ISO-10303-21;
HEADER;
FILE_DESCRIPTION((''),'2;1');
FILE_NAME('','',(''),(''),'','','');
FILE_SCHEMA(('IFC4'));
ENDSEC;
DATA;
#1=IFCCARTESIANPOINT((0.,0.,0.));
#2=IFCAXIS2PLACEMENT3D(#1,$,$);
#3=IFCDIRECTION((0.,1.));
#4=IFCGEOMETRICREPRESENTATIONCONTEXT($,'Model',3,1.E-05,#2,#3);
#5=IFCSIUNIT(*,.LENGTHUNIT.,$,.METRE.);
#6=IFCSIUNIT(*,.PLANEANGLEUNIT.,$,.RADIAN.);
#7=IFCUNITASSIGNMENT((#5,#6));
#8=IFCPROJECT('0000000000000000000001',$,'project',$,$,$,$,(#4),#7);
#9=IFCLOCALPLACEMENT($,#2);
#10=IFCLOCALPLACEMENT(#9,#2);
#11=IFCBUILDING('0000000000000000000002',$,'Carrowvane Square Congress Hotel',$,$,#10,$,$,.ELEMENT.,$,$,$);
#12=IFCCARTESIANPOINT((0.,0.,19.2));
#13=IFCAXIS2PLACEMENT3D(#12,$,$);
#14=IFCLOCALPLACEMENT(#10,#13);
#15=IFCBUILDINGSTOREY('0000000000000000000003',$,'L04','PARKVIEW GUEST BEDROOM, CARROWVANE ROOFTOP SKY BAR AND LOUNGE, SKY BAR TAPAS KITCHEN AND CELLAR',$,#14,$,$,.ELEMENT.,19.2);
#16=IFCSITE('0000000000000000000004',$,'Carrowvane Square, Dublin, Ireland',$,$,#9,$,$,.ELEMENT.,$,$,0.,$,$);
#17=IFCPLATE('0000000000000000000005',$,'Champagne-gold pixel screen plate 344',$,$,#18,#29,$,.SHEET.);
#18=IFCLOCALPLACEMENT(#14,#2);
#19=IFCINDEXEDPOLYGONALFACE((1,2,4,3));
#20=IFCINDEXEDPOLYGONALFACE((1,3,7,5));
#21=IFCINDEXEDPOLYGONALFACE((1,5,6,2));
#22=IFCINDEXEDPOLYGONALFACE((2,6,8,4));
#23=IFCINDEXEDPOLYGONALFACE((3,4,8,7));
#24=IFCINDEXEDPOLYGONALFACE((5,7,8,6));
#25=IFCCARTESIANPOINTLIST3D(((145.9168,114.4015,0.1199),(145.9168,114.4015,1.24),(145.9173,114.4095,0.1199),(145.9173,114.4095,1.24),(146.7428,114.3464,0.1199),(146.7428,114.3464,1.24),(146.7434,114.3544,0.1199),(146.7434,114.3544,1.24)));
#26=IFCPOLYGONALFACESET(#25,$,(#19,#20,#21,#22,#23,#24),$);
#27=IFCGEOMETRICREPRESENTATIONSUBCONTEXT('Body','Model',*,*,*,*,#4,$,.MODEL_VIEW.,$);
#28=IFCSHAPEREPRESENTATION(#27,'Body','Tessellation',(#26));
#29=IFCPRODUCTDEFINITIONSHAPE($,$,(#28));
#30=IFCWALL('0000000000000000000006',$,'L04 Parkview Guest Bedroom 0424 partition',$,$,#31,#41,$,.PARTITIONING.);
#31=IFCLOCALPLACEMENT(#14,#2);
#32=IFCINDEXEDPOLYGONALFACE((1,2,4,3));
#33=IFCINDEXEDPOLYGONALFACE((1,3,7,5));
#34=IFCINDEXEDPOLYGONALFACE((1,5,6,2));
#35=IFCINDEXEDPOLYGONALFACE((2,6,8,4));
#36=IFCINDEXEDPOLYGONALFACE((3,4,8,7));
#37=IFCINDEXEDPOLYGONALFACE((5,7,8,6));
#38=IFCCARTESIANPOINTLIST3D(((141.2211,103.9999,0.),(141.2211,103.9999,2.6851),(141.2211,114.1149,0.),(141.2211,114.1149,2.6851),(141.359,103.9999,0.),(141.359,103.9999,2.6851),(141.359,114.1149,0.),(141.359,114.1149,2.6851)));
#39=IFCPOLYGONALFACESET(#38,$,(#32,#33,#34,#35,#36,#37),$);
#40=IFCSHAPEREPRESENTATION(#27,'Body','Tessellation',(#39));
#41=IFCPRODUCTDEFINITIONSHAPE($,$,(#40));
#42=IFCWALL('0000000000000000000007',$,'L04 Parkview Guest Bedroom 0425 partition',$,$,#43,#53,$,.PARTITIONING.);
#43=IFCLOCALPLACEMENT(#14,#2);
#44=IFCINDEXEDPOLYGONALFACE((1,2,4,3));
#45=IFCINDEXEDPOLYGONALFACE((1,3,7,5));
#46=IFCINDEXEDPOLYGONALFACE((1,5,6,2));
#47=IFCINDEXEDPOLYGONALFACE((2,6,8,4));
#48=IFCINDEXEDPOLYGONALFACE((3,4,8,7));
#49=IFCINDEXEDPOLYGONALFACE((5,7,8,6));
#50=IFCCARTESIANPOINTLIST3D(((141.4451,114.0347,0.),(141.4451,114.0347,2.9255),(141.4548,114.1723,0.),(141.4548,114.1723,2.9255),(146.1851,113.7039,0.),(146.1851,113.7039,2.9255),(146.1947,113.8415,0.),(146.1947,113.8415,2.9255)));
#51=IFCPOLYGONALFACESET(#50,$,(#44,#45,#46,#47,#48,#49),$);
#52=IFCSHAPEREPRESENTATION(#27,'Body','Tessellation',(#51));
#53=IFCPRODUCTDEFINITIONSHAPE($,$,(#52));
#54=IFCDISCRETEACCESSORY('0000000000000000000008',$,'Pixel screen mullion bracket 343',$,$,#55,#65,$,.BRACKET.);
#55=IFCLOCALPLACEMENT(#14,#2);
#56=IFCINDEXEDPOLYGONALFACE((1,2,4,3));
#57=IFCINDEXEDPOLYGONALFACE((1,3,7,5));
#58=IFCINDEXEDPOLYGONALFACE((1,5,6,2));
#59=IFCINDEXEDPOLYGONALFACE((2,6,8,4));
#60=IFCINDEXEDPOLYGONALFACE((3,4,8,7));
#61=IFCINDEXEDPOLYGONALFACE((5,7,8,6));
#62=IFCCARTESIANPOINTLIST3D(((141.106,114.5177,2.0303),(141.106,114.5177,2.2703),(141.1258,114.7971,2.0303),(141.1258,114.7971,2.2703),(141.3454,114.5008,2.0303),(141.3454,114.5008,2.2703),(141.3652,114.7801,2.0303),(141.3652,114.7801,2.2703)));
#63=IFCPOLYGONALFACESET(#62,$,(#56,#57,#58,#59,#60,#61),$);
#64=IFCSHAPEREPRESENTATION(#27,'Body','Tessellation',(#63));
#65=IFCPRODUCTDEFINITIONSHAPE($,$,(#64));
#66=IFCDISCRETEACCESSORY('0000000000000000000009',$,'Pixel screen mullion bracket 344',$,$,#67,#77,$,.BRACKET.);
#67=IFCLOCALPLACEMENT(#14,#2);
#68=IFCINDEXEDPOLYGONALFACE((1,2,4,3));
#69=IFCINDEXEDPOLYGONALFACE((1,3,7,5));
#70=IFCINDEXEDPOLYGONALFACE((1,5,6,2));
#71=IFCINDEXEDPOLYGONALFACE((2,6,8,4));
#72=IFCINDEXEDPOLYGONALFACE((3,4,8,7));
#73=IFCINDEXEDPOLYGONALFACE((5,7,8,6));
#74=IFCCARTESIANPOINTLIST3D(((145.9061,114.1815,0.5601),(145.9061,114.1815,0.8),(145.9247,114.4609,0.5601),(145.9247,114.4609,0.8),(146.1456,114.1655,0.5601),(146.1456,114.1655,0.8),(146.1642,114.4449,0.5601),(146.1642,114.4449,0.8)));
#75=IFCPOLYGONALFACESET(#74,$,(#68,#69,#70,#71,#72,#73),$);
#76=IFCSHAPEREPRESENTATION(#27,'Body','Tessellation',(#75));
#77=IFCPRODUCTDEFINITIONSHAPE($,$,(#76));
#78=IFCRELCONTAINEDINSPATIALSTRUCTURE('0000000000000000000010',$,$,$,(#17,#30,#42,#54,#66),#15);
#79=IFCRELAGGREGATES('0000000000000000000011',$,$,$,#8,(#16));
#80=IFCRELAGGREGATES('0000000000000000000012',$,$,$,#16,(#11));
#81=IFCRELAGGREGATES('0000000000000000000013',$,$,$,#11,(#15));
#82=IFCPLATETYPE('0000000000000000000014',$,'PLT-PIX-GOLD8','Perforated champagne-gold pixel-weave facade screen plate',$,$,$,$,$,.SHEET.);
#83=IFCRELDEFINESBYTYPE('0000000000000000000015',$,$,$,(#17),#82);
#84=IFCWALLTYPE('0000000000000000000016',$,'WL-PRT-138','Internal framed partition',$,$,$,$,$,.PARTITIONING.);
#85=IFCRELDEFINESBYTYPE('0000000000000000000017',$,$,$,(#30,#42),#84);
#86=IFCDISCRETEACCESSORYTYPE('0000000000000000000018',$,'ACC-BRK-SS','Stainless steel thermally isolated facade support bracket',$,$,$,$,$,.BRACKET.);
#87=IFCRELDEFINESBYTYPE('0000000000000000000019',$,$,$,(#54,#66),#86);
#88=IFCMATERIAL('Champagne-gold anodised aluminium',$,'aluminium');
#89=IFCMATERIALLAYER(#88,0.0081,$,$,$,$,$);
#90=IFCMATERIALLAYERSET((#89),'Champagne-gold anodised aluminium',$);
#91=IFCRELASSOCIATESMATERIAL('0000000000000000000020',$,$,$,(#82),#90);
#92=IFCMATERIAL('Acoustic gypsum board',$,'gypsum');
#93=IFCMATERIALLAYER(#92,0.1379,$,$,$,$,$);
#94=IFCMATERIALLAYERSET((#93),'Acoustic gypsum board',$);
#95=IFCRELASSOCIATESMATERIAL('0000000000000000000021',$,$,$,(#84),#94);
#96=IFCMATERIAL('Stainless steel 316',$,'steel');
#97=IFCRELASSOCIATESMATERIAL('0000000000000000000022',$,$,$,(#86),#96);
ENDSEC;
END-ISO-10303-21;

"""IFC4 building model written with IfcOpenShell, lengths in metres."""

from ifc_helpers import new_model, si_unit, direction, frame, frame_2d, origin, origin_2d, place, context, subcontext, project, spatial, rectangle, extrude, material, layer, layer_set, type_object, element, save


model = new_model("IFC4")

# Units and contexts
model_context = context("Model", 3, precision=1e-05, world=origin(), true_north=direction((0.0, 1.0)))
body_context = subcontext(model_context, "Body", "Model", "MODEL_VIEW")
ifc_project = project(units=[si_unit("LENGTHUNIT", "METRE"), si_unit("PLANEANGLEUNIT", "RADIAN")], contexts=[model_context])

# Site, building, storey
site_placement = place(None, origin())
site = spatial("IfcSite", under=ifc_project, at=site_placement, Name="Carrowvane Square, Dublin, Ireland", CompositionType="ELEMENT", RefElevation=0.0)
building_placement = place(site_placement, origin())
building = spatial("IfcBuilding", under=site, at=building_placement, Name="Carrowvane Square Congress Hotel", CompositionType="ELEMENT")
storey_placement = place(building_placement, frame((0.0, 0.0, 19.2)))
storey = spatial("IfcBuildingStorey", under=building, at=storey_placement, Name="L04", Description="PARKVIEW GUEST BEDROOM, CARROWVANE ROOFTOP SKY BAR AND LOUNGE, SKY BAR TAPAS KITCHEN AND CELLAR", CompositionType="ELEMENT", Elevation=19.2)

# Plate
ifc_material_1 = material(Name="Champagne-gold anodised aluminium", Category="aluminium")
ifc_layer_1 = layer(ifc_material_1, 0.0081)
ifc_layer_set_1 = layer_set([ifc_layer_1], Name="Champagne-gold anodised aluminium")
plate_type_1 = type_object("IfcPlateType", Name="PLT-PIX-GOLD8", Description="Perforated champagne-gold pixel-weave facade screen plate", PredefinedType="SHEET", material=ifc_layer_set_1)
for number, where, z_axis, x_axis, name in (
    (1, (146.3301, 114.3779, 0.1199), (0.0, 0.0, 1.0), (0.997781, -0.066574, 0.0), "Champagne-gold pixel screen plate 344"),
):
    element("IfcPlate", number, at=place(storey_placement, frame(where, z_axis=z_axis, x_axis=x_axis)), inside=storey, type_object=plate_type_1, Name=name, PredefinedType="SHEET", context=body_context, shape_type="SweptSolid", body=[
        extrude(rectangle(XDim=0.8279, YDim=0.0081, at=origin_2d()), origin(), (0.0, 0.0, 1.0), 1.1201),
    ])

# Walls
ifc_material_2 = material(Name="Acoustic gypsum board", Category="gypsum")
ifc_layer_2 = layer(ifc_material_2, 0.1379)
ifc_layer_set_2 = layer_set([ifc_layer_2], Name="Acoustic gypsum board")
wall_type = type_object("IfcWallType", Name="WL-PRT-138", Description="Internal framed partition", PredefinedType="PARTITIONING", material=ifc_layer_set_2)
wall_1_placement = place(storey_placement, frame((141.29, 114.115, 0.0), z_axis=(0.0, 0.0, 1.0), x_axis=(0.0, -1.0, 0.0)))
element("IfcWall", 2, at=wall_1_placement, inside=storey, type_object=wall_type, Name="L04 Parkview Guest Bedroom 0424 partition", PredefinedType="PARTITIONING", context=body_context, shape_type="SweptSolid", body=[
    extrude(rectangle(XDim=10.115, YDim=0.1379, at=frame_2d((5.0576, 0.0))), origin(), (0.0, 0.0, 1.0), 2.6851),
])
wall_2_placement = place(storey_placement, frame((141.45, 114.1035, 0.0), z_axis=(0.0, 0.0, 1.0), x_axis=(0.997573, -0.069622, 0.0)))
element("IfcWall", 3, at=wall_2_placement, inside=storey, type_object=wall_type, Name="L04 Parkview Guest Bedroom 0425 partition", PredefinedType="PARTITIONING", context=body_context, shape_type="SweptSolid", body=[
    extrude(rectangle(XDim=4.7515, YDim=0.1379, at=frame_2d((2.3757, 0.0))), origin(), (0.0, 0.0, 1.0), 2.9255),
])

# Discrete accessories
ifc_material_3 = material(Name="Stainless steel 316", Category="steel")
discrete_accessory_type = type_object("IfcDiscreteAccessoryType", Name="ACC-BRK-SS", Description="Stainless steel thermally isolated facade support bracket", PredefinedType="BRACKET", material=ifc_material_3)
for number, where, z_axis, x_axis, name in (
    (4, (141.2356, 114.6489, 2.0303), (0.0, 0.0, 1.0), (0.997506, -0.070585, 0.0), "Pixel screen mullion bracket 343"),
    (5, (146.0352, 114.3132, 0.5601), (0.0, 0.0, 1.0), (0.997781, -0.066574, 0.0), "Pixel screen mullion bracket 344"),
):
    element("IfcDiscreteAccessory", number, at=place(storey_placement, frame(where, z_axis=z_axis, x_axis=x_axis)), inside=storey, type_object=discrete_accessory_type, Name=name, PredefinedType="BRACKET", context=body_context, shape_type="SweptSolid", body=[
        extrude(rectangle(XDim=0.24, YDim=0.28, at=origin_2d()), origin(), (0.0, 0.0, 1.0), 0.24),
    ])

save(model, "model.ifc")
